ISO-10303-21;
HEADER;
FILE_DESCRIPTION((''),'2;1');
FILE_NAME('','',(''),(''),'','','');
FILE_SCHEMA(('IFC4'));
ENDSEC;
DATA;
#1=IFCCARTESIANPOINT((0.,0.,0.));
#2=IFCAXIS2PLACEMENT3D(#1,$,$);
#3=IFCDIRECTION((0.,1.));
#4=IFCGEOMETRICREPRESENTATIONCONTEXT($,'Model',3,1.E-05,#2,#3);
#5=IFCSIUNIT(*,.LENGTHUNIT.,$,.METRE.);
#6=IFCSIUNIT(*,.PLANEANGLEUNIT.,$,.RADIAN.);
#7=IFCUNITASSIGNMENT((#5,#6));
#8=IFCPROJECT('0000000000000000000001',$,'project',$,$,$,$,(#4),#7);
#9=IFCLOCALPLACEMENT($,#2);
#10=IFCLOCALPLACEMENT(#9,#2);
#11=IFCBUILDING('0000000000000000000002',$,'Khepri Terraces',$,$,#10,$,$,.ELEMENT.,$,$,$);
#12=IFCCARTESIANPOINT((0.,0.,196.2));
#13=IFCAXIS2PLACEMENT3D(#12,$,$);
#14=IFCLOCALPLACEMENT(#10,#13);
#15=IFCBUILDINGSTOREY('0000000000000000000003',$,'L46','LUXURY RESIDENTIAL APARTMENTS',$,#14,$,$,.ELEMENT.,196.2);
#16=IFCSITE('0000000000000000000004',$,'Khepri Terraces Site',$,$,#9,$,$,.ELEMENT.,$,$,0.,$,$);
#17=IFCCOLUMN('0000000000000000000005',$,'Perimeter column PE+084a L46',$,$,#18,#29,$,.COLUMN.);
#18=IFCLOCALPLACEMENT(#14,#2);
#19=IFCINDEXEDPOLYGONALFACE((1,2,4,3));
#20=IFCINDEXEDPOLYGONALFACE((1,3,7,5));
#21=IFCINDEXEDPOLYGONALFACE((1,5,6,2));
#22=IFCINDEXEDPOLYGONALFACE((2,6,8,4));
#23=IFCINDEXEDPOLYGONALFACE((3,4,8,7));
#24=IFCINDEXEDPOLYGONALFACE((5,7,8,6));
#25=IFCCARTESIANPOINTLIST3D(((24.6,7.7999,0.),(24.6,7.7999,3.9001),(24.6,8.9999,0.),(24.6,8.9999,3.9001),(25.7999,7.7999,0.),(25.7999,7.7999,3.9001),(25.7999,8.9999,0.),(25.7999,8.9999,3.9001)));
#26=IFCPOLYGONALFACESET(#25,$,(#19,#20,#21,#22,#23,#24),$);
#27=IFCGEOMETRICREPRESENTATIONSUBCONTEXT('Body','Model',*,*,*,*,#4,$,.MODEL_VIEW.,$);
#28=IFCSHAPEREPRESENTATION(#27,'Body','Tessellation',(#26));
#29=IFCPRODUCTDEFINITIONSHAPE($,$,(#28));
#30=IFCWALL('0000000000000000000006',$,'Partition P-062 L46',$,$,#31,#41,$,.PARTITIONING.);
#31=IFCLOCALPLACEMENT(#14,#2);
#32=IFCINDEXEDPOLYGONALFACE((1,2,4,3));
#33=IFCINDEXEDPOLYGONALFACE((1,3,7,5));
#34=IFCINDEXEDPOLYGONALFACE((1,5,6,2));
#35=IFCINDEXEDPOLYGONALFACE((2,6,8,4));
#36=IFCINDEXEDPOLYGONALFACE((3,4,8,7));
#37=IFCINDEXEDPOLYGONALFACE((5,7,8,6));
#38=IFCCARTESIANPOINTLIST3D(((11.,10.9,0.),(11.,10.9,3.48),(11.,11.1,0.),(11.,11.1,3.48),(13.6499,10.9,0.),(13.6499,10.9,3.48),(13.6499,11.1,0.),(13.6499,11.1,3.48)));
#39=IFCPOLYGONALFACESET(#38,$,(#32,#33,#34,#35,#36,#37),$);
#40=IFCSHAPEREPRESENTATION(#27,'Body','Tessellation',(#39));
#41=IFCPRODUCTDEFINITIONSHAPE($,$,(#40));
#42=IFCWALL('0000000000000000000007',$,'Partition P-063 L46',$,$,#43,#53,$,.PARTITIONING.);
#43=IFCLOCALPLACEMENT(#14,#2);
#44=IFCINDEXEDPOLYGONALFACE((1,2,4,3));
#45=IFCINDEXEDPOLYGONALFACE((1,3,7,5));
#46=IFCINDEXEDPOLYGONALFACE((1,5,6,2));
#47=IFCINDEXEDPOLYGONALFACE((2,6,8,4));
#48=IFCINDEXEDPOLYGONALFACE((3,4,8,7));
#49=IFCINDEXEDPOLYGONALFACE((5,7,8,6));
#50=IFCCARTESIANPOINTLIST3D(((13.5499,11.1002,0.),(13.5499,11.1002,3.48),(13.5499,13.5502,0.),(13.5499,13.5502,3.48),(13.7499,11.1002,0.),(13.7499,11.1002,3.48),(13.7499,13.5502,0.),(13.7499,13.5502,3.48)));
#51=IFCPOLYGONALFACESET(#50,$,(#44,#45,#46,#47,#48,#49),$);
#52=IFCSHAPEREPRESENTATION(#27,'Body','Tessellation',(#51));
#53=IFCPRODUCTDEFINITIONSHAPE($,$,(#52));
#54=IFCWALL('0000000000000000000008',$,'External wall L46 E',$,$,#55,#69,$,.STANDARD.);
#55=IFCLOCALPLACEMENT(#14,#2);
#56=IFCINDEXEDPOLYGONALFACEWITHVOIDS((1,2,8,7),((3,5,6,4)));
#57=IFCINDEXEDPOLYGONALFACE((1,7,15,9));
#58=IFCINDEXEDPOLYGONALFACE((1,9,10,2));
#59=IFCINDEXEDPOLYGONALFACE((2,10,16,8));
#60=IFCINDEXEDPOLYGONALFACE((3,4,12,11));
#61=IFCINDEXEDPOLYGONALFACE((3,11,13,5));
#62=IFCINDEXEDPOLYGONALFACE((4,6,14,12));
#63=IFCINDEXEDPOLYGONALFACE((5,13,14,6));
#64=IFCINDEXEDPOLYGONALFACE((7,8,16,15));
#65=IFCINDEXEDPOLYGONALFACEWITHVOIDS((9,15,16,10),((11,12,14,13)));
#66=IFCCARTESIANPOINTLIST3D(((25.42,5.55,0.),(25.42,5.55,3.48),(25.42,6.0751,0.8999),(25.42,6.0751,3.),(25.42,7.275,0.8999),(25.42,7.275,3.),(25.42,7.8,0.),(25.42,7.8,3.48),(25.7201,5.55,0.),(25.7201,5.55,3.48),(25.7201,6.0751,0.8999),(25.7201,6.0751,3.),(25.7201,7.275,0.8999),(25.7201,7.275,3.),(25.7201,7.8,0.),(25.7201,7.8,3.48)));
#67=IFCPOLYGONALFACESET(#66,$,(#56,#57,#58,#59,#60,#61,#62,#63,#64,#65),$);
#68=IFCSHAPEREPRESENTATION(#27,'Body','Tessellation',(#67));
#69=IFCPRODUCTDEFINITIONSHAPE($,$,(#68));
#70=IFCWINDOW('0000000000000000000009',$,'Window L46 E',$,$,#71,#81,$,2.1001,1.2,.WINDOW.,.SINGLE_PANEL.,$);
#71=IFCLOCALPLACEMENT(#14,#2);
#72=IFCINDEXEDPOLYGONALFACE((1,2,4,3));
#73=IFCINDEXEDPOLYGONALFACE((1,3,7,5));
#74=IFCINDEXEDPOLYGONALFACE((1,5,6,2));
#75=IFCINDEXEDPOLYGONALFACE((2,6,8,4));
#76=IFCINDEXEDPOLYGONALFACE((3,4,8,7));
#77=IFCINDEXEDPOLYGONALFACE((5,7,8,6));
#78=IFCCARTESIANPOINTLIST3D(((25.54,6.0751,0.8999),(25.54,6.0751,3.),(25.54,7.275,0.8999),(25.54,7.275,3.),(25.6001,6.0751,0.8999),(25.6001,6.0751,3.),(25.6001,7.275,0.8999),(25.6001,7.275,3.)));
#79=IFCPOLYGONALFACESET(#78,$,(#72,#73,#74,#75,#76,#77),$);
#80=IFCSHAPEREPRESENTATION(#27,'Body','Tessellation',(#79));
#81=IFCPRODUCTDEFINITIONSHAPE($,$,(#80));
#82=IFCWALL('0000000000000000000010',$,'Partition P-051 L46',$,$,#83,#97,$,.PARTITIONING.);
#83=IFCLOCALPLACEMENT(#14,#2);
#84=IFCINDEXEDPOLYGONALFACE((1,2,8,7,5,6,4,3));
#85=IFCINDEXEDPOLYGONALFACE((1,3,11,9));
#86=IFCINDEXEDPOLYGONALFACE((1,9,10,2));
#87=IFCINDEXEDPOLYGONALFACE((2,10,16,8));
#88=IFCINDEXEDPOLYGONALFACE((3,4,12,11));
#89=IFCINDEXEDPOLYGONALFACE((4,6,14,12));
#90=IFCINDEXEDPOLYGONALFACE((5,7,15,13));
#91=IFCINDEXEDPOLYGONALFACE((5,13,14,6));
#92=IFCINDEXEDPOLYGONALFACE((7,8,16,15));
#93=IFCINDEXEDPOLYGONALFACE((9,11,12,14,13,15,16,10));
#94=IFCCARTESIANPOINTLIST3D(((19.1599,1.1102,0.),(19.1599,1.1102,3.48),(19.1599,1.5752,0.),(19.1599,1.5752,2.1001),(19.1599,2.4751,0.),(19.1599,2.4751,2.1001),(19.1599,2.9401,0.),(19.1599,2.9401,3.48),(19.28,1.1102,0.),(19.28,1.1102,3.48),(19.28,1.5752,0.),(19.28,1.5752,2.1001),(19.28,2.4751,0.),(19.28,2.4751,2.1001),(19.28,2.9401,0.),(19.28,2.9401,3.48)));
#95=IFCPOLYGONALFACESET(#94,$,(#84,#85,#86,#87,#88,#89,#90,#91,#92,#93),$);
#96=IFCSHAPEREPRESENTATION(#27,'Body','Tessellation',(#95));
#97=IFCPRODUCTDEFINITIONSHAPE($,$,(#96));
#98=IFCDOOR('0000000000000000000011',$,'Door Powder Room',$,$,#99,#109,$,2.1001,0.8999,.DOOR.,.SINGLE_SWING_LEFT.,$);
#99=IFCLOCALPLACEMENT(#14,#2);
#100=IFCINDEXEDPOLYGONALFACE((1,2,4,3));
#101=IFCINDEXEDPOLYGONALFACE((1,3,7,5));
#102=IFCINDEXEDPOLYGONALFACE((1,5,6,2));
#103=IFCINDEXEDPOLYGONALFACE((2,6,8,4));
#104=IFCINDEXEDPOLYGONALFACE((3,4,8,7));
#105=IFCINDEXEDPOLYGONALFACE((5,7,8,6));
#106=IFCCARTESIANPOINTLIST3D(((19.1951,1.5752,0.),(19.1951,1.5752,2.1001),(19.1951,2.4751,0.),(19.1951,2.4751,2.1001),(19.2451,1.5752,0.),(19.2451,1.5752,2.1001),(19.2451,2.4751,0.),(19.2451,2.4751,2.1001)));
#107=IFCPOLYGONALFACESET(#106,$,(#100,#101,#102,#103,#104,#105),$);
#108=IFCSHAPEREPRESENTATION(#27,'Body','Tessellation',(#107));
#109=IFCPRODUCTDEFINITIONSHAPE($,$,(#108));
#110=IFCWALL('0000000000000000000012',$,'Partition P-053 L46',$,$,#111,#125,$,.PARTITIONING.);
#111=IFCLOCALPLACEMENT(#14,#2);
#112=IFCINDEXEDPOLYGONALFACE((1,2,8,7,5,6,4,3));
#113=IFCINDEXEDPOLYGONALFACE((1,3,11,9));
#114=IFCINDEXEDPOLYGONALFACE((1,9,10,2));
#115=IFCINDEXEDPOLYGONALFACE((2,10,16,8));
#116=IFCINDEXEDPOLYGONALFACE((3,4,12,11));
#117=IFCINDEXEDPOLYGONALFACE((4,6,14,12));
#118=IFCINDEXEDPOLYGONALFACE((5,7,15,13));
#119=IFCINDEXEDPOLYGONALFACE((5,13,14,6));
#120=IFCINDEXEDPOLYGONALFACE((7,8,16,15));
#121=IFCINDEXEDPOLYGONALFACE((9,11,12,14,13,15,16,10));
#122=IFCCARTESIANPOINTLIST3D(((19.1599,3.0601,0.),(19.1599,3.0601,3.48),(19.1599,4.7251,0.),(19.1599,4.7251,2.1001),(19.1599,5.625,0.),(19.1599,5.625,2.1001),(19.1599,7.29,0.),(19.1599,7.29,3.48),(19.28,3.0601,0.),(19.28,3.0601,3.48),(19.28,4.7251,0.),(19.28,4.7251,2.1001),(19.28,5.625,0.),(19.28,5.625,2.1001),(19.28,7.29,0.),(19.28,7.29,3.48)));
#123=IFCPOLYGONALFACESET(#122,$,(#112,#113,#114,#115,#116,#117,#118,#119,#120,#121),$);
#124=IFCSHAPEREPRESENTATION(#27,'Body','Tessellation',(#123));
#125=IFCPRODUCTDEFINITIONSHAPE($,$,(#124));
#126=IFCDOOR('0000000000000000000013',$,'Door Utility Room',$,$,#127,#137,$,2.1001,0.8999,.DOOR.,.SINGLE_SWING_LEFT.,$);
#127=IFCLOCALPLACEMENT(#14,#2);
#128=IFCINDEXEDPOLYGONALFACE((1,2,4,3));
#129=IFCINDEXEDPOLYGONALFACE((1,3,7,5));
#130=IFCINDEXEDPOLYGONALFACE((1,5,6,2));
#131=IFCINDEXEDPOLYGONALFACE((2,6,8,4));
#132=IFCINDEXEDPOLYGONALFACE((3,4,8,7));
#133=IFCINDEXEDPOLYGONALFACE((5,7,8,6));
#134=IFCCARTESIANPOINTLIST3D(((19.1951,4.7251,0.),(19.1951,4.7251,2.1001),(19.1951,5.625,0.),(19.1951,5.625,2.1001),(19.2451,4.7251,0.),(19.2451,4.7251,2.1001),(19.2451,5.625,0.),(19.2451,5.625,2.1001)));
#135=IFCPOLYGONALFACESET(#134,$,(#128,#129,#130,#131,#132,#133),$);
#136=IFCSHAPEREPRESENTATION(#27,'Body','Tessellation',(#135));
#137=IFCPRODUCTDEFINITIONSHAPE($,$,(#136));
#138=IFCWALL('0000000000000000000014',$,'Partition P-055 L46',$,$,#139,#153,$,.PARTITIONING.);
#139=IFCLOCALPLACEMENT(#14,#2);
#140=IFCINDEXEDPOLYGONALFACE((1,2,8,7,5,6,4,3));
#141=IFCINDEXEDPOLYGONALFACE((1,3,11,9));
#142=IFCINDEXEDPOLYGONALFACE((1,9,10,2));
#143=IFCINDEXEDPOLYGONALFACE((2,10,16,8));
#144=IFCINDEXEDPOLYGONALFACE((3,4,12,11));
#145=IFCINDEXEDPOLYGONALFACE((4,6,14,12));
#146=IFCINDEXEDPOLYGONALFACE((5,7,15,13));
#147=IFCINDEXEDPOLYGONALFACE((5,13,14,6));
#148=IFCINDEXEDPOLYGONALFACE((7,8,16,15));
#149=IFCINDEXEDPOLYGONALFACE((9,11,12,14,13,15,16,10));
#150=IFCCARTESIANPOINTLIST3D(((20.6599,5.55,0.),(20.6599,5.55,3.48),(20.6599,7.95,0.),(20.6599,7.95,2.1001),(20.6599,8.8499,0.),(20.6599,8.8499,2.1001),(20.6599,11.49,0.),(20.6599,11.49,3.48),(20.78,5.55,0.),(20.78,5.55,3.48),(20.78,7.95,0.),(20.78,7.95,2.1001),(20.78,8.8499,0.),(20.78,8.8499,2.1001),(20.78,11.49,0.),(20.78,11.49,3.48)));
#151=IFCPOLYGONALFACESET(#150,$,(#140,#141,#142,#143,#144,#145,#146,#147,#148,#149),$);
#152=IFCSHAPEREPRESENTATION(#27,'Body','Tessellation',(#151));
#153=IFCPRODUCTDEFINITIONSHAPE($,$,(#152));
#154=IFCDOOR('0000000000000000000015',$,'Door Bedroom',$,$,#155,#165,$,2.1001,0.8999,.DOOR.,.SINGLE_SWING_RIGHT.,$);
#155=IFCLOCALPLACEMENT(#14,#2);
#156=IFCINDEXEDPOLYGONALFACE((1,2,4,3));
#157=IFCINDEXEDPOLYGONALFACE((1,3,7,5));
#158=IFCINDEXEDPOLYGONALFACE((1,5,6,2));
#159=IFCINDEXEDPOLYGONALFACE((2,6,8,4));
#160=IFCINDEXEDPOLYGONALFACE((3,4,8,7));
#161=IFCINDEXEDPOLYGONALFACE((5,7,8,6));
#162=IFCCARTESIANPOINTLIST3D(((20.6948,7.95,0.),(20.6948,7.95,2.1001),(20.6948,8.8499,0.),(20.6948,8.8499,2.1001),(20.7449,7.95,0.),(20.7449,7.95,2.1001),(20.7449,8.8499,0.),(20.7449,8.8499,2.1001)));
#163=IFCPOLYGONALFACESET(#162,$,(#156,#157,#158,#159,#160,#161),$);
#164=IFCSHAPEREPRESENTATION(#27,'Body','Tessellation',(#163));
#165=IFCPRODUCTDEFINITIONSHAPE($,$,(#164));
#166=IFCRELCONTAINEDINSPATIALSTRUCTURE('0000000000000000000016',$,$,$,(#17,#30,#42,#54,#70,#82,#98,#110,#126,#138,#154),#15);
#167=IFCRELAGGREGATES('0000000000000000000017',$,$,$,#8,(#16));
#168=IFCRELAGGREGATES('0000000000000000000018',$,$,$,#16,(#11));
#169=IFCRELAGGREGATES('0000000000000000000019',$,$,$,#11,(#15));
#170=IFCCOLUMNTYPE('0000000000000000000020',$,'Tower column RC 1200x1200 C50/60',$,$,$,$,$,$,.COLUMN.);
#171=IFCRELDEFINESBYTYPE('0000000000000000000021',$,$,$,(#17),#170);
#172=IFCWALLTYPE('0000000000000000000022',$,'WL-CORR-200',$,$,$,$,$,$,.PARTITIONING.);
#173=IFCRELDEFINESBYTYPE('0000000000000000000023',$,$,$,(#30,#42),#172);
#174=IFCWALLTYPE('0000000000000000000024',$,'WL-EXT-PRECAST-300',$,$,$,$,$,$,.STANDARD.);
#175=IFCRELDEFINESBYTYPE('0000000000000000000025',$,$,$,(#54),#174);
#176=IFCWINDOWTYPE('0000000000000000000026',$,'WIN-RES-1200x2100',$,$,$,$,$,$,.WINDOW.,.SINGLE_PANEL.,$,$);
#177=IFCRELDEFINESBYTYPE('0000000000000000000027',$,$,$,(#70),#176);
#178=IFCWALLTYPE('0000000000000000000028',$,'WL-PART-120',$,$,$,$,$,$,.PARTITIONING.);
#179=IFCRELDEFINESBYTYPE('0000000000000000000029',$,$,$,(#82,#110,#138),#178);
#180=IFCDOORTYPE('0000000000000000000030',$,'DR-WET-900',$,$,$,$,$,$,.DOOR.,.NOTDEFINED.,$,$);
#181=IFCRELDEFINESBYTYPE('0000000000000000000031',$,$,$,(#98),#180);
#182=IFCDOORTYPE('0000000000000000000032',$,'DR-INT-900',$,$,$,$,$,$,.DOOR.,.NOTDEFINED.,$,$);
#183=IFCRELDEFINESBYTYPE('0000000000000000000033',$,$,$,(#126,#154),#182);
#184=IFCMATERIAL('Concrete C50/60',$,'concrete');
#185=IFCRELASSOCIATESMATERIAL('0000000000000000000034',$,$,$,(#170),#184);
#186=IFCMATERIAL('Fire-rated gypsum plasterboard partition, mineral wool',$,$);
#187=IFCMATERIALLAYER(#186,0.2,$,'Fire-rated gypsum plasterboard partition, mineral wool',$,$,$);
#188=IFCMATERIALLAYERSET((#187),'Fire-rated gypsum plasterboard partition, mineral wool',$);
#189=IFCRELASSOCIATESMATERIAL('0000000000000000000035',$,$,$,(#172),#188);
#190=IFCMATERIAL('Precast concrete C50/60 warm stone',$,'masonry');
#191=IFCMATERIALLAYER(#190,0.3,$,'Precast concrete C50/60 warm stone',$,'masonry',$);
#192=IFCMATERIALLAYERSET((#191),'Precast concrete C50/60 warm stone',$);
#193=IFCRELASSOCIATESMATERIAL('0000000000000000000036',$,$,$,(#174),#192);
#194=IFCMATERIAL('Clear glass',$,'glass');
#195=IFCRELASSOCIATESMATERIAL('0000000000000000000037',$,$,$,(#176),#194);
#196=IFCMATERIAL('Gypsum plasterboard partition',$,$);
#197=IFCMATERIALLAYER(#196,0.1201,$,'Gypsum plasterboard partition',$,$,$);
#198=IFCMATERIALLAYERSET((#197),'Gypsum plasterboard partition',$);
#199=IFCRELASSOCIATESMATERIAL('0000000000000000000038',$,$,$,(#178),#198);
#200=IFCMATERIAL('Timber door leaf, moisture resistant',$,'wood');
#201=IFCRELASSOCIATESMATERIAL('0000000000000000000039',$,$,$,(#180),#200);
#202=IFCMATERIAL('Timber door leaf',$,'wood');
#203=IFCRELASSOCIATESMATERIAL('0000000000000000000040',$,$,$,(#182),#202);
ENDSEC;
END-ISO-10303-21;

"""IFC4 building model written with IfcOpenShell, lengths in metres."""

from ifc_helpers import new_model, si_unit, direction, frame, frame_2d, origin, origin_2d, place, context, subcontext, project, spatial, rectangle, extrude, material, layer, layer_set, material_profile, profile_set, type_object, element, fill, save


model = new_model("IFC4")

# Units and contexts
model_context = context("Model", 3, precision=1e-05, world=origin(), true_north=direction((0.0, 1.0)))
body_context = subcontext(model_context, "Body", "Model", "MODEL_VIEW")
ifc_project = project(units=[si_unit("LENGTHUNIT", "METRE"), si_unit("PLANEANGLEUNIT", "RADIAN")], contexts=[model_context])

# Site, building, storey
site_placement = place(None, origin())
site = spatial("IfcSite", under=ifc_project, at=site_placement, Name="Khepri Terraces Site", CompositionType="ELEMENT", RefElevation=0.0)
building_placement = place(site_placement, origin())
building = spatial("IfcBuilding", under=site, at=building_placement, Name="Khepri Terraces", CompositionType="ELEMENT")
storey_placement = place(building_placement, frame((0.0, 0.0, 196.2)))
storey = spatial("IfcBuildingStorey", under=building, at=storey_placement, Name="L46", Description="LUXURY RESIDENTIAL APARTMENTS", CompositionType="ELEMENT", Elevation=196.2)

# Column
ifc_material_1 = material(Name="Concrete C50/60", Category="concrete")
ifc_material_profile = material_profile(ifc_material_1, rectangle(XDim=1.2, YDim=1.2, at=origin_2d()), Name="Concrete C50/60", Category="concrete")
ifc_profile_set = profile_set([ifc_material_profile], Name="Concrete C50/60")
column_type = type_object("IfcColumnType", Name="Tower column RC 1200x1200 C50/60", PredefinedType="COLUMN", material=ifc_profile_set)
column_placement = place(storey_placement, frame((25.2, 8.3999, 0.0), z_axis=(0.0, 0.0, 1.0), x_axis=(1.0, 0.0, 0.0)))
element("IfcColumn", 1, at=column_placement, inside=storey, type_object=column_type, Name="Perimeter column PE+084a L46", PredefinedType="COLUMN", context=body_context, shape_type="SweptSolid", body=[
    extrude(rectangle(XDim=1.2, YDim=1.2, at=origin_2d()), origin(), (0.0, 0.0, 1.0), 3.9001),
])

# Walls
ifc_material_2 = material(Name="Fire-rated gypsum plasterboard partition, mineral wool")
ifc_layer_1 = layer(ifc_material_2, 0.2, Name="Fire-rated gypsum plasterboard partition, mineral wool")
ifc_layer_set_1 = layer_set([ifc_layer_1], Name="Fire-rated gypsum plasterboard partition, mineral wool")
wall_type_1 = type_object("IfcWallType", Name="WL-CORR-200", PredefinedType="PARTITIONING", material=ifc_layer_set_1)
wall_1_placement = place(storey_placement, frame((11.0, 11.0, 0.0), z_axis=(0.0, 0.0, 1.0), x_axis=(1.0, 0.0, 0.0)))
element("IfcWall", 2, at=wall_1_placement, inside=storey, type_object=wall_type_1, Name="Partition P-062 L46", PredefinedType="PARTITIONING", context=body_context, shape_type="SweptSolid", body=[
    extrude(rectangle(XDim=2.6499, YDim=0.2, at=frame_2d((1.325, 0.0))), origin(), (0.0, 0.0, 1.0), 3.48),
])
wall_2_placement = place(storey_placement, frame((13.6499, 11.1001, 0.0), z_axis=(0.0, 0.0, 1.0), x_axis=(0.0, 1.0, 0.0)))
element("IfcWall", 3, at=wall_2_placement, inside=storey, type_object=wall_type_1, Name="Partition P-063 L46", PredefinedType="PARTITIONING", context=body_context, shape_type="SweptSolid", body=[
    extrude(rectangle(XDim=2.45, YDim=0.2, at=frame_2d((1.2251, 0.0))), origin(), (0.0, 0.0, 1.0), 3.48),
])

# Shared definitions
ifc_material_3 = material(Name="Precast concrete C50/60 warm stone", Category="masonry")
ifc_layer_2 = layer(ifc_material_3, 0.3, Name="Precast concrete C50/60 warm stone", Category="masonry")
ifc_layer_set_2 = layer_set([ifc_layer_2], Name="Precast concrete C50/60 warm stone")
wall_type_2 = type_object("IfcWallType", Name="WL-EXT-PRECAST-300", PredefinedType="STANDARD", material=ifc_layer_set_2)

# Wall, opening, window
wall_3_placement = place(storey_placement, frame((25.5701, 5.55, 0.0), z_axis=(0.0, 0.0, 1.0), x_axis=(0.0, 1.0, 0.0)))
wall_3 = element("IfcWall", 4, at=wall_3_placement, inside=storey, type_object=wall_type_2, Name="External wall L46 E", PredefinedType="STANDARD", context=body_context, shape_type="SweptSolid", body=[
    extrude(rectangle(XDim=2.25, YDim=0.3, at=frame_2d((1.125, 0.0))), origin(), (0.0, 0.0, 1.0), 3.48),
])
opening_1_placement = place(wall_3_placement, frame((0.5249, 0.0, 0.8999)))
opening_1 = element("IfcOpeningElement", 5, at=opening_1_placement, cuts=wall_3, PredefinedType="OPENING", context=body_context, shape_type="SweptSolid", body=[
    extrude(rectangle(XDim=1.2, YDim=2.1001, at=frame_2d((0.6001, 1.05))), frame((0.0, 0.1602, 0.0), z_axis=(0.0, -1.0, 0.0), x_axis=(1.0, 0.0, 0.0)), (0.0, 0.0, 1.0), 0.3201),
])
ifc_material_4 = material(Name="Clear glass", Category="glass")
window_type_1 = type_object("IfcWindowType", Name="WIN-RES-1200x2100", PartitioningType="SINGLE_PANEL", PredefinedType="WINDOW", material=ifc_material_4)
window_1_placement = place(opening_1_placement, origin())
window_1 = element("IfcWindow", 6, at=window_1_placement, inside=storey, type_object=window_type_1, Name="Window L46 E", OverallHeight=2.1001, OverallWidth=1.2, PartitioningType="SINGLE_PANEL", PredefinedType="WINDOW", context=body_context, shape_type="SweptSolid", body=[
    extrude(rectangle(XDim=1.2, YDim=2.1001, at=frame_2d((0.6001, 1.05))), frame((0.0, 0.03, 0.0), z_axis=(0.0, -1.0, 0.0), x_axis=(1.0, 0.0, 0.0)), (0.0, 0.0, 1.0), 0.0601),
])
fill(opening_1, window_1)

# Walls, openings, doors
ifc_material_5 = material(Name="Gypsum plasterboard partition")
ifc_layer_3 = layer(ifc_material_5, 0.1201, Name="Gypsum plasterboard partition")
ifc_layer_set_3 = layer_set([ifc_layer_3], Name="Gypsum plasterboard partition")
wall_type_3 = type_object("IfcWallType", Name="WL-PART-120", PredefinedType="PARTITIONING", material=ifc_layer_set_3)
wall_4_placement = place(storey_placement, frame((19.22, 1.1101, 0.0), z_axis=(0.0, 0.0, 1.0), x_axis=(0.0, 1.0, 0.0)))
wall_4 = element("IfcWall", 7, at=wall_4_placement, inside=storey, type_object=wall_type_3, Name="Partition P-051 L46", PredefinedType="PARTITIONING", context=body_context, shape_type="SweptSolid", body=[
    extrude(rectangle(XDim=1.8298, YDim=0.1201, at=frame_2d((0.915, 0.0))), origin(), (0.0, 0.0, 1.0), 3.48),
])
opening_2_placement = place(wall_4_placement, frame((0.4651, 0.0, 0.0)))
opening_2 = element("IfcOpeningElement", 8, at=opening_2_placement, cuts=wall_4, PredefinedType="OPENING", context=body_context, shape_type="SweptSolid", body=[
    extrude(rectangle(XDim=0.8999, YDim=2.1001, at=frame_2d((0.45, 1.05))), frame((0.0, 0.0701, 0.0), z_axis=(0.0, -1.0, 0.0), x_axis=(1.0, 0.0, 0.0)), (0.0, 0.0, 1.0), 0.1401),
])
ifc_material_6 = material(Name="Timber door leaf, moisture resistant", Category="wood")
door_type_1 = type_object("IfcDoorType", Name="DR-WET-900", OperationType="NOTDEFINED", PredefinedType="DOOR", material=ifc_material_6)
door_1_placement = place(opening_2_placement, origin())
door_1 = element("IfcDoor", 9, at=door_1_placement, inside=storey, type_object=door_type_1, Name="Door Powder Room", OperationType="SINGLE_SWING_LEFT", OverallHeight=2.1001, OverallWidth=0.8999, PredefinedType="DOOR", context=body_context, shape_type="SweptSolid", body=[
    extrude(rectangle(XDim=0.8999, YDim=2.1001, at=frame_2d((0.45, 1.05))), frame((0.0, 0.0249, 0.0), z_axis=(0.0, -1.0, 0.0), x_axis=(1.0, 0.0, 0.0)), (0.0, 0.0, 1.0), 0.05),
])
fill(opening_2, door_1)
wall_5_placement = place(storey_placement, frame((19.22, 3.0601, 0.0), z_axis=(0.0, 0.0, 1.0), x_axis=(0.0, 1.0, 0.0)))
wall_5 = element("IfcWall", 10, at=wall_5_placement, inside=storey, type_object=wall_type_3, Name="Partition P-053 L46", PredefinedType="PARTITIONING", context=body_context, shape_type="SweptSolid", body=[
    extrude(rectangle(XDim=4.23, YDim=0.1201, at=frame_2d((2.115, 0.0))), origin(), (0.0, 0.0, 1.0), 3.48),
])
opening_3_placement = place(wall_5_placement, frame((1.665, 0.0, 0.0)))
opening_3 = element("IfcOpeningElement", 11, at=opening_3_placement, cuts=wall_5, PredefinedType="OPENING", context=body_context, shape_type="SweptSolid", body=[
    extrude(rectangle(XDim=0.8999, YDim=2.1001, at=frame_2d((0.45, 1.05))), frame((0.0, 0.0701, 0.0), z_axis=(0.0, -1.0, 0.0), x_axis=(1.0, 0.0, 0.0)), (0.0, 0.0, 1.0), 0.1401),
])
ifc_material_7 = material(Name="Timber door leaf", Category="wood")
door_type_2 = type_object("IfcDoorType", Name="DR-INT-900", OperationType="NOTDEFINED", PredefinedType="DOOR", material=ifc_material_7)
door_2_placement = place(opening_3_placement, origin())
door_2 = element("IfcDoor", 12, at=door_2_placement, inside=storey, type_object=door_type_2, Name="Door Utility Room", OperationType="SINGLE_SWING_LEFT", OverallHeight=2.1001, OverallWidth=0.8999, PredefinedType="DOOR", context=body_context, shape_type="SweptSolid", body=[
    extrude(rectangle(XDim=0.8999, YDim=2.1001, at=frame_2d((0.45, 1.05))), frame((0.0, 0.0249, 0.0), z_axis=(0.0, -1.0, 0.0), x_axis=(1.0, 0.0, 0.0)), (0.0, 0.0, 1.0), 0.05),
])
fill(opening_3, door_2)
wall_6_placement = place(storey_placement, frame((20.72, 5.55, 0.0), z_axis=(0.0, 0.0, 1.0), x_axis=(0.0, 1.0, 0.0)))
wall_6 = element("IfcWall", 13, at=wall_6_placement, inside=storey, type_object=wall_type_3, Name="Partition P-055 L46", PredefinedType="PARTITIONING", context=body_context, shape_type="SweptSolid", body=[
    extrude(rectangle(XDim=5.9399, YDim=0.1201, at=frame_2d((2.97, 0.0))), origin(), (0.0, 0.0, 1.0), 3.48),
])
opening_4_placement = place(wall_6_placement, frame((2.3999, 0.0, 0.0)))
opening_4 = element("IfcOpeningElement", 14, at=opening_4_placement, cuts=wall_6, PredefinedType="OPENING", context=body_context, shape_type="SweptSolid", body=[
    extrude(rectangle(XDim=0.8999, YDim=2.1001, at=frame_2d((0.45, 1.05))), frame((0.0, 0.0701, 0.0), z_axis=(0.0, -1.0, 0.0), x_axis=(1.0, 0.0, 0.0)), (0.0, 0.0, 1.0), 0.1401),
])
door_3_placement = place(opening_4_placement, frame((0.8999, 0.0, 0.0), z_axis=(0.0, 0.0, 1.0), x_axis=(-1.0, 0.0, 0.0)))
door_3 = element("IfcDoor", 15, at=door_3_placement, inside=storey, type_object=door_type_2, Name="Door Bedroom", OperationType="SINGLE_SWING_RIGHT", OverallHeight=2.1001, OverallWidth=0.8999, PredefinedType="DOOR", context=body_context, shape_type="SweptSolid", body=[
    extrude(rectangle(XDim=0.8999, YDim=2.1001, at=frame_2d((0.45, 1.05))), frame((0.0, 0.0249, 0.0), z_axis=(0.0, -1.0, 0.0), x_axis=(1.0, 0.0, 0.0)), (0.0, 0.0, 1.0), 0.05),
])
fill(opening_4, door_3)

save(model, "model.ifc")
